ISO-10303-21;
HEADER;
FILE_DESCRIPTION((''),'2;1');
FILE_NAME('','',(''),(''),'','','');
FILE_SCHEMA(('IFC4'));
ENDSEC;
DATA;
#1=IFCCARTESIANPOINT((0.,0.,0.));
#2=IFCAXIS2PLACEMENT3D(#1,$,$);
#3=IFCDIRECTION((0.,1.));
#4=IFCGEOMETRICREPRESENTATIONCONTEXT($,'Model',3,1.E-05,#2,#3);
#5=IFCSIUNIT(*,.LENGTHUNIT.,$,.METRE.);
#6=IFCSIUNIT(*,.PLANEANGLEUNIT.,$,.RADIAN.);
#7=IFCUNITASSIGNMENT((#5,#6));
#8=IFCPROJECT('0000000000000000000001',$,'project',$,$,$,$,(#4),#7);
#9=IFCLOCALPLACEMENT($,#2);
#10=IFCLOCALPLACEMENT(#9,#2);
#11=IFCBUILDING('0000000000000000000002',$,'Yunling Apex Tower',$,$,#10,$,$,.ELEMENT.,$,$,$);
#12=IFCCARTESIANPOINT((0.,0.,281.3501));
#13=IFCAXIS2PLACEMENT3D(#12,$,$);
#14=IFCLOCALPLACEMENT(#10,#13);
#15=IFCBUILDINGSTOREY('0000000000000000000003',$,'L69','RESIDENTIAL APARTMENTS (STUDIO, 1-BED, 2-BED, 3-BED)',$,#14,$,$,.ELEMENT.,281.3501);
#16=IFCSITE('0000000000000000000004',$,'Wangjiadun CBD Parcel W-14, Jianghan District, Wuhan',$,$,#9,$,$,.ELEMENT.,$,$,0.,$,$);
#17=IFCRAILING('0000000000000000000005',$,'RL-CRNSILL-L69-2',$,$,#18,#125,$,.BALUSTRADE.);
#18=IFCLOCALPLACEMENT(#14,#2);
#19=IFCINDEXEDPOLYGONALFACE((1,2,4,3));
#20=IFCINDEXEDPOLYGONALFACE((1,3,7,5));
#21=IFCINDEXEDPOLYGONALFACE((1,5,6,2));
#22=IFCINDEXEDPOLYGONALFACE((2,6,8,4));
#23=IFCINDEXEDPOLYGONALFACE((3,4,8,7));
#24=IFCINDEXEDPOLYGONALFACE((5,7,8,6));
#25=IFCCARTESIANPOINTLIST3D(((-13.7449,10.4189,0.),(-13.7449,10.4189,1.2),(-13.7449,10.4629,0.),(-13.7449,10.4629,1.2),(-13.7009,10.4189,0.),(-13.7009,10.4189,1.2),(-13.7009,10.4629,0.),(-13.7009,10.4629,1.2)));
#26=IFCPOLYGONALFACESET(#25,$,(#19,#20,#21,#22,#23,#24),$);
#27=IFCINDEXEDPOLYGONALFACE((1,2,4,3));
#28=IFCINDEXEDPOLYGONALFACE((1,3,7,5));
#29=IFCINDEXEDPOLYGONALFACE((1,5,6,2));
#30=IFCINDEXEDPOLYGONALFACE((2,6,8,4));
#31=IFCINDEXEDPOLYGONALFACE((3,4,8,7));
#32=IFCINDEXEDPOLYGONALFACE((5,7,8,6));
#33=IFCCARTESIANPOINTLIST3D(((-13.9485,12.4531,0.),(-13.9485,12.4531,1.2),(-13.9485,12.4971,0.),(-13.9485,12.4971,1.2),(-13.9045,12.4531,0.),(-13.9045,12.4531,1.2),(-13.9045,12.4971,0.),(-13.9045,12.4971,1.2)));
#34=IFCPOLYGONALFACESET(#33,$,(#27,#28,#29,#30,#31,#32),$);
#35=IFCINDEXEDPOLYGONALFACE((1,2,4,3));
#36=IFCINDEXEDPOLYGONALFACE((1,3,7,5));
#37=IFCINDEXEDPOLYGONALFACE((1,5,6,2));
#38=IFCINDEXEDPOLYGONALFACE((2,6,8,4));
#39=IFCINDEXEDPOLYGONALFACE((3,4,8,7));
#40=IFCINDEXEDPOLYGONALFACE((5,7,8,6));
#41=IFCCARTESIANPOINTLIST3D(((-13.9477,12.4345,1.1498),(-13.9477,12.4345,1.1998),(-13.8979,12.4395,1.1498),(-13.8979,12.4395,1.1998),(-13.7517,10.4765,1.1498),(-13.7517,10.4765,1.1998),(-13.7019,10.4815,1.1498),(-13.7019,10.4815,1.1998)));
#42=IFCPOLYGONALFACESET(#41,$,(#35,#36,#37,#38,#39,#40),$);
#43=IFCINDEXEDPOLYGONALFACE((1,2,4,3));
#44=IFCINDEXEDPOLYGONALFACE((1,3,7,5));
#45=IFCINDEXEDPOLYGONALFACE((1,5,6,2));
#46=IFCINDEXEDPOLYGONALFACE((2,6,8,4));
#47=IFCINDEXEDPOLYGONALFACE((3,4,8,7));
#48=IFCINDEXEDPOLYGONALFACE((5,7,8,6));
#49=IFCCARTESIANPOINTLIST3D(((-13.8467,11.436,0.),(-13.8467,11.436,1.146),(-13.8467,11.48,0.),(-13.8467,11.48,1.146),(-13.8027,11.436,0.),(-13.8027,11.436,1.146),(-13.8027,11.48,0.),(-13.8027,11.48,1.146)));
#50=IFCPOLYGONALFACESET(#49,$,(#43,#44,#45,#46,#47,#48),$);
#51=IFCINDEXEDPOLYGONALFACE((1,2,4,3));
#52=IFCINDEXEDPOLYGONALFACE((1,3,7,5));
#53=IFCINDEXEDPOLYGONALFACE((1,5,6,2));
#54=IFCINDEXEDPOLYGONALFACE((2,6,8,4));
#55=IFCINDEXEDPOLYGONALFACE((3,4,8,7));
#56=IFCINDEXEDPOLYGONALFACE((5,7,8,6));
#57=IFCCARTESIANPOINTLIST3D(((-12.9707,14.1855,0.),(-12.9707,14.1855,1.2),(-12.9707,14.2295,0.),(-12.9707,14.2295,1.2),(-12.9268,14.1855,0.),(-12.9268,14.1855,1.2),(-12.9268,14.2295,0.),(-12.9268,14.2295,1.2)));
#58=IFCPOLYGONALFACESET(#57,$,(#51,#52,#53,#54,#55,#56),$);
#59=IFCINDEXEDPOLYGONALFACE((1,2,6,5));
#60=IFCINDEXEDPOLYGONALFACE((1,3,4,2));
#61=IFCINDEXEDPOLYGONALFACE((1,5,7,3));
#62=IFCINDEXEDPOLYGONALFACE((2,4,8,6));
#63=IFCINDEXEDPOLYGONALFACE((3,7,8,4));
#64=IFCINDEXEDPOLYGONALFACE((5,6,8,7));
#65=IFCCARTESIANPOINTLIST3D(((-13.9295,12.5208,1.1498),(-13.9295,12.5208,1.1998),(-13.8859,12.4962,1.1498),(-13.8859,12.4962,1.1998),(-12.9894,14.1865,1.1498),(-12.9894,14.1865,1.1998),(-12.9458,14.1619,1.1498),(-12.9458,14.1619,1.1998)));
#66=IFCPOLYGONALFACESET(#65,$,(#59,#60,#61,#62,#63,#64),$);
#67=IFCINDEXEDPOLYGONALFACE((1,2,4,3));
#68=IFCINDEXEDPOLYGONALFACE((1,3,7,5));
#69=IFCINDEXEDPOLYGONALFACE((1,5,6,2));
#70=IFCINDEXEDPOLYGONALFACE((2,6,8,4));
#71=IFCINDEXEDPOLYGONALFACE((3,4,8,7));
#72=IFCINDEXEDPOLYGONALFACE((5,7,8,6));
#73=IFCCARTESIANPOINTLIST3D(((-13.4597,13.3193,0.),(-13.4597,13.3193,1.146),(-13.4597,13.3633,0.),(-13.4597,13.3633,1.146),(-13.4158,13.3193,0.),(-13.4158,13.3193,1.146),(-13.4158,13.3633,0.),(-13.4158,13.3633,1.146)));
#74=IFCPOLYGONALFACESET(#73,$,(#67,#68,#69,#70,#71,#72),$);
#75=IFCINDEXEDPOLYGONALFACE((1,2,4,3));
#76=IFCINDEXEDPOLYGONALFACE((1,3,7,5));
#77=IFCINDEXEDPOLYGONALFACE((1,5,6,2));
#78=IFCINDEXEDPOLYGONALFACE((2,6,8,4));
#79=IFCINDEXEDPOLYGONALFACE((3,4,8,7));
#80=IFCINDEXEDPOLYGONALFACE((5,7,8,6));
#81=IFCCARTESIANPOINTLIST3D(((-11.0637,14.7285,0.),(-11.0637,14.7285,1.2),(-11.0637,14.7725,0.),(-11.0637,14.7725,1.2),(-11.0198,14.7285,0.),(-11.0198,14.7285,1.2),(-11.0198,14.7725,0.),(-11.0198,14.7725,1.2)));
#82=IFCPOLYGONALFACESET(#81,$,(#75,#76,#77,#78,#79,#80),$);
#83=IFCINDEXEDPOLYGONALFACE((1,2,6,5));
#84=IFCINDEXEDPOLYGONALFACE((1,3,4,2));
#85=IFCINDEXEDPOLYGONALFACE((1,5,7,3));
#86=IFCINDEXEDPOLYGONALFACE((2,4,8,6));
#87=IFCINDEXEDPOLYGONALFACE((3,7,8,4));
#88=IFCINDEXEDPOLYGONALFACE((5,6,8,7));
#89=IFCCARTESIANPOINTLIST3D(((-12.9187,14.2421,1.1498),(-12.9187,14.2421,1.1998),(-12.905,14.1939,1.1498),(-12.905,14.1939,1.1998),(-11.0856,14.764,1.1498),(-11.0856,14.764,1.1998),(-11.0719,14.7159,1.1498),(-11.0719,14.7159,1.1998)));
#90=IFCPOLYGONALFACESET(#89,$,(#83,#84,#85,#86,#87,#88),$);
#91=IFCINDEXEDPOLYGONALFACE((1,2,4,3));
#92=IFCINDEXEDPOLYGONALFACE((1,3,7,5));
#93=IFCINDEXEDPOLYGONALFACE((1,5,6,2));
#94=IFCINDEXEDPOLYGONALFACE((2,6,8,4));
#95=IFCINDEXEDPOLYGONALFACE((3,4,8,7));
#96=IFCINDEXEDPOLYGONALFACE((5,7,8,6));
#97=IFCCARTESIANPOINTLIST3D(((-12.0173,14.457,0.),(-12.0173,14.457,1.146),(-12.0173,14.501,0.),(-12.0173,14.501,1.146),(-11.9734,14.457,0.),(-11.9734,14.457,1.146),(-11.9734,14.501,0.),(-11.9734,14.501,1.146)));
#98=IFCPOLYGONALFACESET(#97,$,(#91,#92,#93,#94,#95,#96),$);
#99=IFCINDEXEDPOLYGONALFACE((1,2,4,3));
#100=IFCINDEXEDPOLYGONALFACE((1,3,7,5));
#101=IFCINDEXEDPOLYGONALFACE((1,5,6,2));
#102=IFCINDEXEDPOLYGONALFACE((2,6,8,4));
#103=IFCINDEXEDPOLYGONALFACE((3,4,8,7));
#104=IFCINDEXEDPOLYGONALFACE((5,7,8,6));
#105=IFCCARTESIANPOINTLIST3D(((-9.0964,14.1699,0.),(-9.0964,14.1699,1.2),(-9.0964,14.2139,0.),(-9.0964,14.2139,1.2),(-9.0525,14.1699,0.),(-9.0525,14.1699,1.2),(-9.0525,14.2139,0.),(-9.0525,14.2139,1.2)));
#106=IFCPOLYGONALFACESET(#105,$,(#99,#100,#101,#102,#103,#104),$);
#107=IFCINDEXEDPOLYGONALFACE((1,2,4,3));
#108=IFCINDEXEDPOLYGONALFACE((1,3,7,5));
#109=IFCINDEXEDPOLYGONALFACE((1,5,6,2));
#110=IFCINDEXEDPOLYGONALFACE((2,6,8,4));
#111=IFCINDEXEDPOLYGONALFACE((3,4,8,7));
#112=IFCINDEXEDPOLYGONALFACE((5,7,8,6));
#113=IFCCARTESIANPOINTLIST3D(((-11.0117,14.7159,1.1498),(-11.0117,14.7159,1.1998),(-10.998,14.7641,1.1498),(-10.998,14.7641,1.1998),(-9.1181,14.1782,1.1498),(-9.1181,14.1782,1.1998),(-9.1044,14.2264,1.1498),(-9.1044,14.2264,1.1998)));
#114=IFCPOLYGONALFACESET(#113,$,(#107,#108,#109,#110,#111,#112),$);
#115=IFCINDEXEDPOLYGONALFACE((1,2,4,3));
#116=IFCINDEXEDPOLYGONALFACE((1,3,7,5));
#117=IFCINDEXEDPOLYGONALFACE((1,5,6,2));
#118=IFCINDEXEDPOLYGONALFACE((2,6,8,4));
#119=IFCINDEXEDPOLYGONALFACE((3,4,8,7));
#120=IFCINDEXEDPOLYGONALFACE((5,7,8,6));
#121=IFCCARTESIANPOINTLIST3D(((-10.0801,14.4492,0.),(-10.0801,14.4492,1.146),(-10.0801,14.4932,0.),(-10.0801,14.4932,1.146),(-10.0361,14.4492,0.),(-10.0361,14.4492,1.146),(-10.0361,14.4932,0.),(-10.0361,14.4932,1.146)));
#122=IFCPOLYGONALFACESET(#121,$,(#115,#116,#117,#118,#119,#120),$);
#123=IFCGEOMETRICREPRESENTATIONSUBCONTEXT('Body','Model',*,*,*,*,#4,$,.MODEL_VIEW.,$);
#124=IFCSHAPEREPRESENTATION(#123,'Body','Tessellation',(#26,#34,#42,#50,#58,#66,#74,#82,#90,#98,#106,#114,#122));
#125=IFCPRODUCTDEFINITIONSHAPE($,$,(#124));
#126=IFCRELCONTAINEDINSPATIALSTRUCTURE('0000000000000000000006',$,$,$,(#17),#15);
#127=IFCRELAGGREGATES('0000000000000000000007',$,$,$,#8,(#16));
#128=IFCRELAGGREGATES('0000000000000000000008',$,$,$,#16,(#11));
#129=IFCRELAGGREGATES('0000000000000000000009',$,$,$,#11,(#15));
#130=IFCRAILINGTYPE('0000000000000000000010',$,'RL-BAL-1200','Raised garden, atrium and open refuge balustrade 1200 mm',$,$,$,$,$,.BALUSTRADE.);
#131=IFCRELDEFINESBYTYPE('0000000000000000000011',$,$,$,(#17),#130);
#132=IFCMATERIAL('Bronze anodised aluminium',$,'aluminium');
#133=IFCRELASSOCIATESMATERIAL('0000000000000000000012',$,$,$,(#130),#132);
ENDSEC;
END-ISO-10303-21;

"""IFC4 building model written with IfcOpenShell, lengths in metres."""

from ifc_helpers import new_model, si_unit, direction, frame, origin, origin_2d, place, context, subcontext, project, spatial, rectangle, extrude, material, type_object, element, save


model = new_model("IFC4")

# Units and contexts
model_context = context("Model", 3, precision=1e-05, world=origin(), true_north=direction((0.0, 1.0)))
body_context = subcontext(model_context, "Body", "Model", "MODEL_VIEW")
ifc_project = project(units=[si_unit("LENGTHUNIT", "METRE"), si_unit("PLANEANGLEUNIT", "RADIAN")], contexts=[model_context])

# Site, building, storey
site_placement = place(None, origin())
site = spatial("IfcSite", under=ifc_project, at=site_placement, Name="Wangjiadun CBD Parcel W-14, Jianghan District, Wuhan", CompositionType="ELEMENT", RefElevation=0.0)
building_placement = place(site_placement, origin())
building = spatial("IfcBuilding", under=site, at=building_placement, Name="Yunling Apex Tower", CompositionType="ELEMENT")
storey_placement = place(building_placement, frame((0.0, 0.0, 281.3501)))
storey = spatial("IfcBuildingStorey", under=building, at=storey_placement, Name="L69", Description="RESIDENTIAL APARTMENTS (STUDIO, 1-BED, 2-BED, 3-BED)", CompositionType="ELEMENT", Elevation=281.3501)

# Shared definitions
ifc_material_1 = material(Name="Bronze anodised aluminium", Category="aluminium")

# Railing
railing_type = type_object("IfcRailingType", Name="RL-BAL-1200", Description="Raised garden, atrium and open refuge balustrade 1200 mm", PredefinedType="BALUSTRADE", material=ifc_material_1)
railing_placement = place(storey_placement, frame((-13.7229, 10.4409, 0.0)))
element("IfcRailing", 1, at=railing_placement, inside=storey, type_object=railing_type, Name="RL-CRNSILL-L69-2", PredefinedType="BALUSTRADE", context=body_context, shape_type="SweptSolid", body=[
    extrude(rectangle(XDim=0.0439, YDim=0.0439, at=origin_2d()), origin(), (0.0, 0.0, 1.0), 1.2),
    extrude(rectangle(XDim=0.0439, YDim=0.0439, at=origin_2d()), frame((-0.2036, 2.0342, 0.0)), (0.0, 0.0, 1.0), 1.2),
    extrude(rectangle(XDim=0.05, YDim=0.05, at=origin_2d()), frame((-0.0039, 0.0381, 1.1748), z_axis=(-0.099598, 0.995028, 0.0), x_axis=(-0.995028, -0.099598, 0.0)), (0.0, 0.0, 1.0), 1.9678),
    extrude(rectangle(XDim=0.0439, YDim=0.0439, at=origin_2d()), frame((-0.1018, 1.0171, 0.0)), (0.0, 0.0, 1.0), 1.146),
    extrude(rectangle(XDim=0.0439, YDim=0.0439, at=origin_2d()), frame((0.7742, 3.7666, 0.0)), (0.0, 0.0, 1.0), 1.2),
    extrude(rectangle(XDim=0.05, YDim=0.05, at=origin_2d()), frame((-0.1848, 2.0676, 1.1748), z_axis=(0.491519, 0.870867, 0.0), x_axis=(-0.870867, 0.491519, 0.0)), (0.0, 0.0, 1.0), 1.9126),
    extrude(rectangle(XDim=0.0439, YDim=0.0439, at=origin_2d()), frame((0.2852, 2.9004, 0.0)), (0.0, 0.0, 1.0), 1.146),
    extrude(rectangle(XDim=0.0439, YDim=0.0439, at=origin_2d()), frame((2.6812, 4.3096, 0.0)), (0.0, 0.0, 1.0), 1.2),
    extrude(rectangle(XDim=0.05, YDim=0.05, at=origin_2d()), frame((0.811, 3.7771, 1.1748), z_axis=(0.961774, 0.273843, 0.0), x_axis=(-0.273843, 0.961774, 0.0)), (0.0, 0.0, 1.0), 1.906),
    extrude(rectangle(XDim=0.0439, YDim=0.0439, at=origin_2d()), frame((1.7275, 4.0381, 0.0)), (0.0, 0.0, 1.0), 1.146),
    extrude(rectangle(XDim=0.0439, YDim=0.0439, at=origin_2d()), frame((4.6484, 3.751, 0.0)), (0.0, 0.0, 1.0), 1.2),
    extrude(rectangle(XDim=0.05, YDim=0.05, at=origin_2d()), frame((2.718, 4.2991, 1.1748), z_axis=(0.961973, -0.273144, 0.0), x_axis=(0.273144, 0.961973, 0.0)), (0.0, 0.0, 1.0), 1.9685),
    extrude(rectangle(XDim=0.0439, YDim=0.0439, at=origin_2d()), frame((3.6648, 4.0303, 0.0)), (0.0, 0.0, 1.0), 1.146),
])

save(model, "model.ifc")
